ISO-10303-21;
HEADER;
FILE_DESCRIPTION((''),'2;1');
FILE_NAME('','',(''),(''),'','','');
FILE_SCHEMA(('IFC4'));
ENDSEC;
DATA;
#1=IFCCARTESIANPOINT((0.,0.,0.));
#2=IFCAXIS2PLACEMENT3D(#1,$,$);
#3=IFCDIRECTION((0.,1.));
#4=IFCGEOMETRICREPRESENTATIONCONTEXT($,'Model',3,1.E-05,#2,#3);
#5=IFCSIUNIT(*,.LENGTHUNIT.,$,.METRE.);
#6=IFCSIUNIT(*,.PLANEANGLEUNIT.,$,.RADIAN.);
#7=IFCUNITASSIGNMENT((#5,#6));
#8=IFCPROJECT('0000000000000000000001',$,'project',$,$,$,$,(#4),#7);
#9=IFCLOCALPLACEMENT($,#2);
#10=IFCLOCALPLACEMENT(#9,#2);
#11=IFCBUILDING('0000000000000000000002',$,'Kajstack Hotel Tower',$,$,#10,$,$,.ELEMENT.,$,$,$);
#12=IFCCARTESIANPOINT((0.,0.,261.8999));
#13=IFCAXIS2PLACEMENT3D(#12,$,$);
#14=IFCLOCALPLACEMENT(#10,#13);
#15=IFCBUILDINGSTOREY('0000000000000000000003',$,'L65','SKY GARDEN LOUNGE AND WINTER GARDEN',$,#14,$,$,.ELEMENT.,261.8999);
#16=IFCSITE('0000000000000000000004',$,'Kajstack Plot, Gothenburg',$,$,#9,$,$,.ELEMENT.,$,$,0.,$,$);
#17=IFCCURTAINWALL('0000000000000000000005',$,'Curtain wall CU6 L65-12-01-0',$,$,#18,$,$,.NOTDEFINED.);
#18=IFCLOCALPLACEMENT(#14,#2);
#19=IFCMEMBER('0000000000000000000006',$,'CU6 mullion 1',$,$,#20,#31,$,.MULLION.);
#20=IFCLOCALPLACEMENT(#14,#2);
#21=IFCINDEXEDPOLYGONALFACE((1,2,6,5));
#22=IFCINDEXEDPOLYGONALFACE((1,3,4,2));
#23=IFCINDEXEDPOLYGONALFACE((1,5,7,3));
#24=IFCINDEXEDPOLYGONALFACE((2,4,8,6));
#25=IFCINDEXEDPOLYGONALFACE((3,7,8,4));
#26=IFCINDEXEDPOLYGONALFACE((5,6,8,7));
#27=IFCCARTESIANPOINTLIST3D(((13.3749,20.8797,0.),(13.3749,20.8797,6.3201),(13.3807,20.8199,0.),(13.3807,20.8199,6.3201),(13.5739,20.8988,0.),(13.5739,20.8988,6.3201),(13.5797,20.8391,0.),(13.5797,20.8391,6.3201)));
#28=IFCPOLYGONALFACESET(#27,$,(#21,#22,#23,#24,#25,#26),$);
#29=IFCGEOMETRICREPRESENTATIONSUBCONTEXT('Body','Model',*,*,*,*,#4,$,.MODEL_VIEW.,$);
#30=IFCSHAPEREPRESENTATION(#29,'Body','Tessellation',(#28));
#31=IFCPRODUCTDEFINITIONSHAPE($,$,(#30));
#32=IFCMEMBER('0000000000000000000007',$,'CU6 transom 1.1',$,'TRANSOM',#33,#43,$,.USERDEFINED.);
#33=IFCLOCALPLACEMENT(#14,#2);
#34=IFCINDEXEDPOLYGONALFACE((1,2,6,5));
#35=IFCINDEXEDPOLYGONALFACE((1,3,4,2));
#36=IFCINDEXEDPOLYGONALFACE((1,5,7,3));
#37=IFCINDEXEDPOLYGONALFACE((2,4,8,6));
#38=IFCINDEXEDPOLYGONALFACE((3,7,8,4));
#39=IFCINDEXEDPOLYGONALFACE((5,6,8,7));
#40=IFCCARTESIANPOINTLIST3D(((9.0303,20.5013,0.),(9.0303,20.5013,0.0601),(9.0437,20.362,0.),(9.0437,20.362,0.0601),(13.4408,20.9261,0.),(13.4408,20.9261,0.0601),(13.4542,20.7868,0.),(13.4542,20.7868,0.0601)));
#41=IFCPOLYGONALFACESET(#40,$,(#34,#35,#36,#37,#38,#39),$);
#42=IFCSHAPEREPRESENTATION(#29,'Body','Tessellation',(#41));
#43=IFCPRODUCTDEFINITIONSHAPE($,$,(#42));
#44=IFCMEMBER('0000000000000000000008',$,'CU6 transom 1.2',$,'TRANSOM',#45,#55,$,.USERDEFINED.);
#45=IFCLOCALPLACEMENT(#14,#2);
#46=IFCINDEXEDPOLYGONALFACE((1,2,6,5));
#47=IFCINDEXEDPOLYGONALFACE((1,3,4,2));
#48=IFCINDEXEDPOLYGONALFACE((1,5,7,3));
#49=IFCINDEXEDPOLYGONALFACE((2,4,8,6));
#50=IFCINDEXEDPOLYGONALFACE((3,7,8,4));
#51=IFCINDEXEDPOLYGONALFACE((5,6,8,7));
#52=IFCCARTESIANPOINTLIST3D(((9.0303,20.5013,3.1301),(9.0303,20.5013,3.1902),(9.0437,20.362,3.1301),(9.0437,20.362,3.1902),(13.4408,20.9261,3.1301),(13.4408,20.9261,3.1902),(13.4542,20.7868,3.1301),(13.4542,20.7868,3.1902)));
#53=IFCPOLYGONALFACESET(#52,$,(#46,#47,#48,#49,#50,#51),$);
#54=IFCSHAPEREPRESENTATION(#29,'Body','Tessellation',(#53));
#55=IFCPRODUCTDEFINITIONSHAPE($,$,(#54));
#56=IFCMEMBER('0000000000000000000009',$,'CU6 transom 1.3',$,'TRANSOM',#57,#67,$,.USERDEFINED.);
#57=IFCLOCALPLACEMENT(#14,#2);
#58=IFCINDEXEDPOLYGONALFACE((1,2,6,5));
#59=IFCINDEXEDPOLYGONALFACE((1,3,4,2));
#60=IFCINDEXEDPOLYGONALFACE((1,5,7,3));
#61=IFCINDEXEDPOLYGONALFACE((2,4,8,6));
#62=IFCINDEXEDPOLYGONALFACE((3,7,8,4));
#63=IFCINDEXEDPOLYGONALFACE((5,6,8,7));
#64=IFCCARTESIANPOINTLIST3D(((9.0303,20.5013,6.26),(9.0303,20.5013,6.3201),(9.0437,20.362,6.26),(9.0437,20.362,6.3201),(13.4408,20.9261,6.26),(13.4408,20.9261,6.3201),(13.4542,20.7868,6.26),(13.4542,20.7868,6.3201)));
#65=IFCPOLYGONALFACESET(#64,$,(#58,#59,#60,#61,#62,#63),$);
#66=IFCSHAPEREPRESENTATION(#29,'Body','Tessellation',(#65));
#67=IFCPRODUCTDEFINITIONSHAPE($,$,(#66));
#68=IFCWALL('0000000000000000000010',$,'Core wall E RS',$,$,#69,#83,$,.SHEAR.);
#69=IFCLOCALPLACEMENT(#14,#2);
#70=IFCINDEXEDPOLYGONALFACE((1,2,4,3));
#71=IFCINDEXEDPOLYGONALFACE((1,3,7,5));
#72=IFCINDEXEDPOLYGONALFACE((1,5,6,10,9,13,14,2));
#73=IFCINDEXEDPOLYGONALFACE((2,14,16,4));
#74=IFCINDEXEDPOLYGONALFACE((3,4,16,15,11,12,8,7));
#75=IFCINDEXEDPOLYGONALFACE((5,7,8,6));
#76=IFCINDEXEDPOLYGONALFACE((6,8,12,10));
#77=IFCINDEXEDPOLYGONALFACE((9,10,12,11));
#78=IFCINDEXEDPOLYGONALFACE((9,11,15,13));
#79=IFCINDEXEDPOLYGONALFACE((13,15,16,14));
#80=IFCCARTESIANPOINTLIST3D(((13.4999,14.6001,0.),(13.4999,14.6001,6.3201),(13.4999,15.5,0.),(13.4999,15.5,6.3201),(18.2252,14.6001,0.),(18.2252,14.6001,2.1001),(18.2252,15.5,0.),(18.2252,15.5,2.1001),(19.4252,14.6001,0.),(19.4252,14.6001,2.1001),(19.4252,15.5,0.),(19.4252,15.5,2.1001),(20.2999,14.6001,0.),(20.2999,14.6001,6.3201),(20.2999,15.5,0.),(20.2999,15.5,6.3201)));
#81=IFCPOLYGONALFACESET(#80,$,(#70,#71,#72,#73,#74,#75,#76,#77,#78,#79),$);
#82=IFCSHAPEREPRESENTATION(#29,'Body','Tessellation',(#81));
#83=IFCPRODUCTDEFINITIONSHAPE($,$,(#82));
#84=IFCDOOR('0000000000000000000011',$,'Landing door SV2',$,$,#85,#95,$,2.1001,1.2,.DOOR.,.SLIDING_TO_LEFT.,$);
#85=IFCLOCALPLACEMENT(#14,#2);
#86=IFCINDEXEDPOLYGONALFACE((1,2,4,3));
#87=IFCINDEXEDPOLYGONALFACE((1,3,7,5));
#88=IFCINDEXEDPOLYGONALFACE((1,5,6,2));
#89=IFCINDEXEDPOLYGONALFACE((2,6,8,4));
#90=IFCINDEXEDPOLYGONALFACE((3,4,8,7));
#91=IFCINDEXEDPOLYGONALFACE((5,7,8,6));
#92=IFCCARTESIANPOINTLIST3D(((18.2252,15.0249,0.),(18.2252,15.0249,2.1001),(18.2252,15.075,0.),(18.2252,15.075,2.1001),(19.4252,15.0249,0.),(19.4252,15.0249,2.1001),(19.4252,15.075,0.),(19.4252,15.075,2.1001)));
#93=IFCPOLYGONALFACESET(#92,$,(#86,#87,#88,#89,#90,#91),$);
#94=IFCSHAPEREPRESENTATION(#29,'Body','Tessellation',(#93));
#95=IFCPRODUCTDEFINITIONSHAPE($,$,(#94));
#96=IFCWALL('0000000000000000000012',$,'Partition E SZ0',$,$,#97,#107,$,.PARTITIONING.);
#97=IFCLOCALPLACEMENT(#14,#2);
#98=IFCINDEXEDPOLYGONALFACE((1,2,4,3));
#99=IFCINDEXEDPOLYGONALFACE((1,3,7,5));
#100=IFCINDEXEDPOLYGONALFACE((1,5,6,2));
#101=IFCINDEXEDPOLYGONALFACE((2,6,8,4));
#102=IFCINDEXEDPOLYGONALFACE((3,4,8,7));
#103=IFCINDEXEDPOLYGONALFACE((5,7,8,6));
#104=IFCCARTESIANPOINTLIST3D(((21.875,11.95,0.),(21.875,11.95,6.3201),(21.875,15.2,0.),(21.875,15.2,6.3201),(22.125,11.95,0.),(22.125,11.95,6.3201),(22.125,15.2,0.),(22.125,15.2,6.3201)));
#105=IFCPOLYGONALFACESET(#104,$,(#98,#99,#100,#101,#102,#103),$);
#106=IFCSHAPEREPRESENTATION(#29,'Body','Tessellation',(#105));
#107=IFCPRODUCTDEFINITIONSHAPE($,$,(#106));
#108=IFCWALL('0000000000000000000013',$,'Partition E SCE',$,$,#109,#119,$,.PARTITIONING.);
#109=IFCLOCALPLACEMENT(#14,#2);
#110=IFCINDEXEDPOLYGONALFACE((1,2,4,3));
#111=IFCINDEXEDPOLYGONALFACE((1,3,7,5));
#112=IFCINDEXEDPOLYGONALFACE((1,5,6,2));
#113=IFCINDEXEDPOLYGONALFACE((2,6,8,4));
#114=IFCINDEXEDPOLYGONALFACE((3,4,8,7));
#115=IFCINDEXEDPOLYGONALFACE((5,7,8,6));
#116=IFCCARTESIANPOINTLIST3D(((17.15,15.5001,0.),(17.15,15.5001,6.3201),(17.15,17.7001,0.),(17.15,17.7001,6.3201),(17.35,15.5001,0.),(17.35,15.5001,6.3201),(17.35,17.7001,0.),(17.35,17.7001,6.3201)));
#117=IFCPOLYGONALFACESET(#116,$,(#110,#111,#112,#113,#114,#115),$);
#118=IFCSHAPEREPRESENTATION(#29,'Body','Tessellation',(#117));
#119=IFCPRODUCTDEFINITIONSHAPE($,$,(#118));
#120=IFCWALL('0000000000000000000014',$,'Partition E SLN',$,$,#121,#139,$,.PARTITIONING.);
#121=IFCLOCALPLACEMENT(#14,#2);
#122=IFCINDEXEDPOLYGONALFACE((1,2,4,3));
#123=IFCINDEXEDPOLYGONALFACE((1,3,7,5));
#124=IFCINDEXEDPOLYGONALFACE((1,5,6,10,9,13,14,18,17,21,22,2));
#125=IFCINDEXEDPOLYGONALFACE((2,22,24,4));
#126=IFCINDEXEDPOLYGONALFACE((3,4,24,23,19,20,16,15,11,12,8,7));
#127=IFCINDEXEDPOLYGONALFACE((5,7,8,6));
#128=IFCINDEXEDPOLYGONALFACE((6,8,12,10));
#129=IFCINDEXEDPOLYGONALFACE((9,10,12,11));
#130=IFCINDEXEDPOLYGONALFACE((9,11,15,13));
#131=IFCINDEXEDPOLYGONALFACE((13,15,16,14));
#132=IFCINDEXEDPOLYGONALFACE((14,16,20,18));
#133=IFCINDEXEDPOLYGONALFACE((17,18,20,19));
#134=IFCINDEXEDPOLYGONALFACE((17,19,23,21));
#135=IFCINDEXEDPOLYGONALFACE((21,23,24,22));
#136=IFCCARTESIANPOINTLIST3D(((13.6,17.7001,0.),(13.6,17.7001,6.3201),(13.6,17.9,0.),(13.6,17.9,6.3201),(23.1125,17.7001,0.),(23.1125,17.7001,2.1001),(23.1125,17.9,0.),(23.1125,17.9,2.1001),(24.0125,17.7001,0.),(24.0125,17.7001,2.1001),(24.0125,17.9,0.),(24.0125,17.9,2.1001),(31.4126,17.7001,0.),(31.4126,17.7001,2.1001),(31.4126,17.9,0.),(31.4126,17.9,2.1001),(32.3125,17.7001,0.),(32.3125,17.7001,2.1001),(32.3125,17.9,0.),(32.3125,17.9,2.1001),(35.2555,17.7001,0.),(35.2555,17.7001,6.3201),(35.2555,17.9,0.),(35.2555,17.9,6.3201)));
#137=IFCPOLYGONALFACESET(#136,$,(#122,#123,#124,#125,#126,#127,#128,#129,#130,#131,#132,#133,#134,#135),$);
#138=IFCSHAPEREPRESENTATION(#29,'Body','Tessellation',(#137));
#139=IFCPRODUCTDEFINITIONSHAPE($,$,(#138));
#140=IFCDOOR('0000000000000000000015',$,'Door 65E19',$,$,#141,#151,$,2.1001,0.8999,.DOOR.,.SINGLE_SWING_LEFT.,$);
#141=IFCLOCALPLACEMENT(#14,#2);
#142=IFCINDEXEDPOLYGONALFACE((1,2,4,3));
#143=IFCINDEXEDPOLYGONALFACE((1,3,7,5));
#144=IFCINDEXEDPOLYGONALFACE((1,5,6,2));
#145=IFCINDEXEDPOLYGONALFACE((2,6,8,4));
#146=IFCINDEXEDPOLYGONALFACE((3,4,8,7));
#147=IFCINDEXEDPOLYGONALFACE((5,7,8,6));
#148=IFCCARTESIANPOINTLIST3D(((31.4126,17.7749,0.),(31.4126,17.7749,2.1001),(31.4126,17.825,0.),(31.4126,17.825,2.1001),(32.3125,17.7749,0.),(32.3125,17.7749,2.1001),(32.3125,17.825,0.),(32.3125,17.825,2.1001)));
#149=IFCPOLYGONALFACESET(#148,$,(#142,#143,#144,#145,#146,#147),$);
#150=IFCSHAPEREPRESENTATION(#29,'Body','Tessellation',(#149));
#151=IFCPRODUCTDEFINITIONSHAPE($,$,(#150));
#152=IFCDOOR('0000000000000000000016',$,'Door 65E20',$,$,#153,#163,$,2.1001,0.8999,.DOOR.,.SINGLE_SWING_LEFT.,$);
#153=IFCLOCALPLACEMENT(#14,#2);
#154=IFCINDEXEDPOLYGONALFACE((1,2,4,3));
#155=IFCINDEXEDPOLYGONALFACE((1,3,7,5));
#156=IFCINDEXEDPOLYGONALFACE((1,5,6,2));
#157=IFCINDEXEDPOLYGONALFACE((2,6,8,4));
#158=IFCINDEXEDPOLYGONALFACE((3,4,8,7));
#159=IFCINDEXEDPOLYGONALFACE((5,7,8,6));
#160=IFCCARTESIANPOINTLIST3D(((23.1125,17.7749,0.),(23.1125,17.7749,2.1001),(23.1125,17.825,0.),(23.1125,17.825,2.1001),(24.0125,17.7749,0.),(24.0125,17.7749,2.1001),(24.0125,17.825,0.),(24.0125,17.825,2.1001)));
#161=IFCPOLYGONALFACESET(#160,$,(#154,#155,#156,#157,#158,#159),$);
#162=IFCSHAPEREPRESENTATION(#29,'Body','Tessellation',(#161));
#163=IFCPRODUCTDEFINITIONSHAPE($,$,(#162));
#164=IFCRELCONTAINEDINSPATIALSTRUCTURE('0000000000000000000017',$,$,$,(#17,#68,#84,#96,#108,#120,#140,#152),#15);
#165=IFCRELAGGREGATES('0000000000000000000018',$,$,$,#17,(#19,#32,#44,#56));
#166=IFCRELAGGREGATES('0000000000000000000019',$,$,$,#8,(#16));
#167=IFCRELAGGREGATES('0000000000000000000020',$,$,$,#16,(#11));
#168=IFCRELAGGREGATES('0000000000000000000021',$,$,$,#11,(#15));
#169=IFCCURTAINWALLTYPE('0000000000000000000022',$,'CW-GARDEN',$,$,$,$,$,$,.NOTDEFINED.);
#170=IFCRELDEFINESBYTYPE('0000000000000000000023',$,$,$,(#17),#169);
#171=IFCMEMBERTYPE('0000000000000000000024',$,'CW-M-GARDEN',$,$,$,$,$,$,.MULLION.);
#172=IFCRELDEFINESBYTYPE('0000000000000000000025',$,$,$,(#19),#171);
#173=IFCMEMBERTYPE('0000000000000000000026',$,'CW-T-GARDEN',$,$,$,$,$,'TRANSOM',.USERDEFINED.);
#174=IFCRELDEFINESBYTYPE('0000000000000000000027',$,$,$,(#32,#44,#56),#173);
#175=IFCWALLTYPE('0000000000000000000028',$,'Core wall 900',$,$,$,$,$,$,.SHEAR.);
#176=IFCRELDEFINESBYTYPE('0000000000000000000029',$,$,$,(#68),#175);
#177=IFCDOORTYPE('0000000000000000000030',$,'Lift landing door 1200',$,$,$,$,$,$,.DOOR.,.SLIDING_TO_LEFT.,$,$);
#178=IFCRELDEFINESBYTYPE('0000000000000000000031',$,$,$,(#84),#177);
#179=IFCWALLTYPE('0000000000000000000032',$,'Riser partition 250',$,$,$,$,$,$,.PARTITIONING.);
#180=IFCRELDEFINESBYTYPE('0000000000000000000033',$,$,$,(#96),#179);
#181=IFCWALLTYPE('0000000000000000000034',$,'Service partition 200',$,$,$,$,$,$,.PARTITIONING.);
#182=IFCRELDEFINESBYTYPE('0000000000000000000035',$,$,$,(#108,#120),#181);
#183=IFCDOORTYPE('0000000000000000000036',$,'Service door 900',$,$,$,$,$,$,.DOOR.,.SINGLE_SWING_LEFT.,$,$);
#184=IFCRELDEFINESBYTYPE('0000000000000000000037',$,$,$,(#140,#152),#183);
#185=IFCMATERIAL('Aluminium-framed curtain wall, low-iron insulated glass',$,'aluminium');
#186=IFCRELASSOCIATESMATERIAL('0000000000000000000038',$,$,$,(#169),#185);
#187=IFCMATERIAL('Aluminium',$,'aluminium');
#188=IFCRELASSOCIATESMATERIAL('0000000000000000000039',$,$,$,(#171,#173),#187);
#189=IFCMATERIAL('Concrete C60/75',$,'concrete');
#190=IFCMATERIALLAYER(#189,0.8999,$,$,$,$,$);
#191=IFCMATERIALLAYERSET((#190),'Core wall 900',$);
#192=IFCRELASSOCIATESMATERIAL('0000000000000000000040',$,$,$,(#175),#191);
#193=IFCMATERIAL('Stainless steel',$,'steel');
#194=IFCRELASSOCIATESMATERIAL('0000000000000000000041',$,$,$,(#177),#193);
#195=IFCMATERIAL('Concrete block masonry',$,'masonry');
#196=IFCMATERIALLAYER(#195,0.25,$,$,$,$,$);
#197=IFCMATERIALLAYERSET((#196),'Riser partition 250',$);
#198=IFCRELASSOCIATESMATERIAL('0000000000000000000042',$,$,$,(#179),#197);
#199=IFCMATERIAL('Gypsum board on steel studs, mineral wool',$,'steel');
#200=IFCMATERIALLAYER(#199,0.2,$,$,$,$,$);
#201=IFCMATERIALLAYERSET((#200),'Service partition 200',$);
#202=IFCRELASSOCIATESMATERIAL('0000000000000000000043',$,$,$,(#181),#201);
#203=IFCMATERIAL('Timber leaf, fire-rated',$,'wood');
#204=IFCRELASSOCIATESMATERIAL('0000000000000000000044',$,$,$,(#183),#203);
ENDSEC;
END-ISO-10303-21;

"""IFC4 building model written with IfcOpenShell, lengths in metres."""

from ifc_helpers import new_model, si_unit, direction, frame, frame_2d, origin, origin_2d, place, context, subcontext, project, spatial, rectangle, extrude, material, layer, layer_set, material_profile, profile_set, type_object, element, fill, aggregate, save


model = new_model("IFC4")

# Units and contexts
model_context = context("Model", 3, precision=1e-05, world=origin(), true_north=direction((0.0, 1.0)))
body_context = subcontext(model_context, "Body", "Model", "MODEL_VIEW")
ifc_project = project(units=[si_unit("LENGTHUNIT", "METRE"), si_unit("PLANEANGLEUNIT", "RADIAN")], contexts=[model_context])

# Site, building, storey
site_placement = place(None, origin())
site = spatial("IfcSite", under=ifc_project, at=site_placement, Name="Kajstack Plot, Gothenburg", CompositionType="ELEMENT", RefElevation=0.0)
building_placement = place(site_placement, origin())
building = spatial("IfcBuilding", under=site, at=building_placement, Name="Kajstack Hotel Tower", CompositionType="ELEMENT")
storey_placement = place(building_placement, frame((0.0, 0.0, 261.8999)))
storey = spatial("IfcBuildingStorey", under=building, at=storey_placement, Name="L65", Description="SKY GARDEN LOUNGE AND WINTER GARDEN", CompositionType="ELEMENT", Elevation=261.8999)

# Curtain wall, members
ifc_material_1 = material(Name="Aluminium-framed curtain wall, low-iron insulated glass", Category="aluminium")
curtain_wall_type = type_object("IfcCurtainWallType", Name="CW-GARDEN", PredefinedType="NOTDEFINED", material=ifc_material_1)
curtain_wall_placement = place(storey_placement, origin())
curtain_wall = element("IfcCurtainWall", 1, at=curtain_wall_placement, inside=storey, type_object=curtain_wall_type, Name="Curtain wall CU6 L65-12-01-0", PredefinedType="NOTDEFINED")
ifc_material_2 = material(Name="Aluminium", Category="aluminium")
ifc_material_profile_1 = material_profile(ifc_material_2, rectangle(XDim=0.0601, YDim=0.2, at=origin_2d()), Name="Aluminium mullion 60 x 200")
ifc_profile_set_1 = profile_set([ifc_material_profile_1], Name="Aluminium")
member_type_1 = type_object("IfcMemberType", Name="CW-M-GARDEN", PredefinedType="MULLION", material=ifc_profile_set_1)
member_1_placement = place(storey_placement, frame((13.4773, 20.8594, 0.0), z_axis=(0.0, 0.0, 1.0), x_axis=(0.095846, -0.995396, 0.0)))
member_1 = element("IfcMember", 2, at=member_1_placement, type_object=member_type_1, Name="CU6 mullion 1", PredefinedType="MULLION", context=body_context, shape_type="SweptSolid", body=[
    extrude(rectangle(XDim=0.0601, YDim=0.2, at=origin_2d()), origin(), (0.0, 0.0, 1.0), 6.3201),
])
ifc_material_profile_2 = material_profile(ifc_material_2, rectangle(XDim=0.1399, YDim=0.0601, at=origin_2d()), Name="Aluminium transom 140 x 60")
ifc_profile_set_2 = profile_set([ifc_material_profile_2], Name="Aluminium")
member_type_2 = type_object("IfcMemberType", Name="CW-T-GARDEN", ElementType="TRANSOM", PredefinedType="USERDEFINED", material=ifc_profile_set_2)
member_2_placement = place(storey_placement, frame((13.4475, 20.8564, 0.03), z_axis=(-0.995393, -0.095875, 0.0), x_axis=(0.095875, -0.995393, 0.0)))
member_2 = element("IfcMember", 3, at=member_2_placement, type_object=member_type_2, Name="CU6 transom 1.1", ObjectType="TRANSOM", PredefinedType="USERDEFINED", context=body_context, shape_type="SweptSolid", body=[
    extrude(rectangle(XDim=0.1399, YDim=0.0601, at=origin_2d()), origin(), (0.0, 0.0, 1.0), 4.4309),
])
member_3_placement = place(storey_placement, frame((13.4475, 20.8564, 3.1602), z_axis=(-0.995393, -0.095875, 0.0), x_axis=(0.095875, -0.995393, 0.0)))
member_3 = element("IfcMember", 4, at=member_3_placement, type_object=member_type_2, Name="CU6 transom 1.2", ObjectType="TRANSOM", PredefinedType="USERDEFINED", context=body_context, shape_type="SweptSolid", body=[
    extrude(rectangle(XDim=0.1399, YDim=0.0601, at=origin_2d()), origin(), (0.0, 0.0, 1.0), 4.4309),
])
member_4_placement = place(storey_placement, frame((13.4475, 20.8564, 6.29), z_axis=(-0.995393, -0.095875, 0.0), x_axis=(0.095875, -0.995393, 0.0)))
member_4 = element("IfcMember", 5, at=member_4_placement, type_object=member_type_2, Name="CU6 transom 1.3", ObjectType="TRANSOM", PredefinedType="USERDEFINED", context=body_context, shape_type="SweptSolid", body=[
    extrude(rectangle(XDim=0.1399, YDim=0.0601, at=origin_2d()), origin(), (0.0, 0.0, 1.0), 4.4309),
])
aggregate(curtain_wall, [member_1, member_2, member_3, member_4])

# Wall, opening, door
ifc_material_3 = material(Name="Concrete C60/75", Category="concrete")
ifc_layer_1 = layer(ifc_material_3, 0.8999)
ifc_layer_set_1 = layer_set([ifc_layer_1], Name="Core wall 900")
wall_type_1 = type_object("IfcWallType", Name="Core wall 900", PredefinedType="SHEAR", material=ifc_layer_set_1)
wall_1_placement = place(storey_placement, frame((13.5, 15.05, 0.0), z_axis=(0.0, 0.0, 1.0), x_axis=(1.0, 0.0, 0.0)))
wall_1 = element("IfcWall", 6, at=wall_1_placement, inside=storey, type_object=wall_type_1, Name="Core wall E RS", PredefinedType="SHEAR", context=body_context, shape_type="SweptSolid", body=[
    extrude(rectangle(XDim=6.8, YDim=0.8999, at=frame_2d((3.3999, 0.0))), origin(), (0.0, 0.0, 1.0), 6.3201),
])
opening_1_placement = place(wall_1_placement, frame((4.7251, 0.0, 0.0)))
opening_1 = element("IfcOpeningElement", 7, at=opening_1_placement, cuts=wall_1, PredefinedType="OPENING", context=body_context, shape_type="SweptSolid", body=[
    extrude(rectangle(XDim=1.2, YDim=2.1001, at=frame_2d((0.6001, 1.05))), frame((0.0, 0.46, 0.0), z_axis=(0.0, -1.0, 0.0), x_axis=(1.0, 0.0, 0.0)), (0.0, 0.0, 1.0), 0.9199),
])
ifc_material_4 = material(Name="Stainless steel", Category="steel")
door_type_1 = type_object("IfcDoorType", Name="Lift landing door 1200", OperationType="SLIDING_TO_LEFT", PredefinedType="DOOR", material=ifc_material_4)
door_1_placement = place(opening_1_placement, origin())
door_1 = element("IfcDoor", 8, at=door_1_placement, inside=storey, type_object=door_type_1, Name="Landing door SV2", OperationType="SLIDING_TO_LEFT", OverallHeight=2.1001, OverallWidth=1.2, PredefinedType="DOOR", context=body_context, shape_type="SweptSolid", body=[
    extrude(rectangle(XDim=1.2, YDim=2.1001, at=frame_2d((0.6001, 1.05))), frame((0.0, 0.0249, 0.0), z_axis=(0.0, -1.0, 0.0), x_axis=(1.0, 0.0, 0.0)), (0.0, 0.0, 1.0), 0.05),
])
fill(opening_1, door_1)

# Walls
ifc_material_5 = material(Name="Concrete block masonry", Category="masonry")
ifc_layer_2 = layer(ifc_material_5, 0.25)
ifc_layer_set_2 = layer_set([ifc_layer_2], Name="Riser partition 250")
wall_type_2 = type_object("IfcWallType", Name="Riser partition 250", PredefinedType="PARTITIONING", material=ifc_layer_set_2)
wall_2_placement = place(storey_placement, frame((22.0, 11.95, 0.0), z_axis=(0.0, 0.0, 1.0), x_axis=(0.0, 1.0, 0.0)))
element("IfcWall", 9, at=wall_2_placement, inside=storey, type_object=wall_type_2, Name="Partition E SZ0", PredefinedType="PARTITIONING", context=body_context, shape_type="SweptSolid", body=[
    extrude(rectangle(XDim=3.25, YDim=0.25, at=frame_2d((1.625, 0.0))), origin(), (0.0, 0.0, 1.0), 6.3201),
])
ifc_material_6 = material(Name="Gypsum board on steel studs, mineral wool", Category="steel")
ifc_layer_3 = layer(ifc_material_6, 0.2)
ifc_layer_set_3 = layer_set([ifc_layer_3], Name="Service partition 200")
wall_type_3 = type_object("IfcWallType", Name="Service partition 200", PredefinedType="PARTITIONING", material=ifc_layer_set_3)
wall_3_placement = place(storey_placement, frame((17.25, 15.5, 0.0), z_axis=(0.0, 0.0, 1.0), x_axis=(0.0, 1.0, 0.0)))
element("IfcWall", 10, at=wall_3_placement, inside=storey, type_object=wall_type_3, Name="Partition E SCE", PredefinedType="PARTITIONING", context=body_context, shape_type="SweptSolid", body=[
    extrude(rectangle(XDim=2.2, YDim=0.2, at=frame_2d((1.1001, 0.0))), origin(), (0.0, 0.0, 1.0), 6.3201),
])

# Wall, openings, doors
wall_4_placement = place(storey_placement, frame((13.6001, 17.8, 0.0), z_axis=(0.0, 0.0, 1.0), x_axis=(1.0, 0.0, 0.0)))
wall_4 = element("IfcWall", 11, at=wall_4_placement, inside=storey, type_object=wall_type_3, Name="Partition E SLN", PredefinedType="PARTITIONING", context=body_context, shape_type="SweptSolid", body=[
    extrude(rectangle(XDim=21.6555, YDim=0.2, at=frame_2d((10.8276, 0.0))), origin(), (0.0, 0.0, 1.0), 6.3201),
])
opening_2_placement = place(wall_4_placement, frame((17.8125, 0.0, 0.0)))
opening_2 = element("IfcOpeningElement", 12, at=opening_2_placement, cuts=wall_4, PredefinedType="OPENING", context=body_context, shape_type="SweptSolid", body=[
    extrude(rectangle(XDim=0.8999, YDim=2.1001, at=frame_2d((0.45, 1.05))), frame((0.0, 0.1099, 0.0), z_axis=(0.0, -1.0, 0.0), x_axis=(1.0, 0.0, 0.0)), (0.0, 0.0, 1.0), 0.22),
])
opening_3_placement = place(wall_4_placement, frame((9.5125, 0.0, 0.0)))
opening_3 = element("IfcOpeningElement", 13, at=opening_3_placement, cuts=wall_4, PredefinedType="OPENING", context=body_context, shape_type="SweptSolid", body=[
    extrude(rectangle(XDim=0.8999, YDim=2.1001, at=frame_2d((0.45, 1.05))), frame((0.0, 0.1099, 0.0), z_axis=(0.0, -1.0, 0.0), x_axis=(1.0, 0.0, 0.0)), (0.0, 0.0, 1.0), 0.22),
])
ifc_material_7 = material(Name="Timber leaf, fire-rated", Category="wood")
door_type_2 = type_object("IfcDoorType", Name="Service door 900", OperationType="SINGLE_SWING_LEFT", PredefinedType="DOOR", material=ifc_material_7)
door_2_placement = place(opening_2_placement, origin())
door_2 = element("IfcDoor", 14, at=door_2_placement, inside=storey, type_object=door_type_2, Name="Door 65E19", OperationType="SINGLE_SWING_LEFT", OverallHeight=2.1001, OverallWidth=0.8999, PredefinedType="DOOR", context=body_context, shape_type="SweptSolid", body=[
    extrude(rectangle(XDim=0.8999, YDim=2.1001, at=frame_2d((0.45, 1.05))), frame((0.0, 0.0249, 0.0), z_axis=(0.0, -1.0, 0.0), x_axis=(1.0, 0.0, 0.0)), (0.0, 0.0, 1.0), 0.05),
])
fill(opening_2, door_2)
door_3_placement = place(opening_3_placement, origin())
door_3 = element("IfcDoor", 15, at=door_3_placement, inside=storey, type_object=door_type_2, Name="Door 65E20", OperationType="SINGLE_SWING_LEFT", OverallHeight=2.1001, OverallWidth=0.8999, PredefinedType="DOOR", context=body_context, shape_type="SweptSolid", body=[
    extrude(rectangle(XDim=0.8999, YDim=2.1001, at=frame_2d((0.45, 1.05))), frame((0.0, 0.0249, 0.0), z_axis=(0.0, -1.0, 0.0), x_axis=(1.0, 0.0, 0.0)), (0.0, 0.0, 1.0), 0.05),
])
fill(opening_3, door_3)

save(model, "model.ifc")
